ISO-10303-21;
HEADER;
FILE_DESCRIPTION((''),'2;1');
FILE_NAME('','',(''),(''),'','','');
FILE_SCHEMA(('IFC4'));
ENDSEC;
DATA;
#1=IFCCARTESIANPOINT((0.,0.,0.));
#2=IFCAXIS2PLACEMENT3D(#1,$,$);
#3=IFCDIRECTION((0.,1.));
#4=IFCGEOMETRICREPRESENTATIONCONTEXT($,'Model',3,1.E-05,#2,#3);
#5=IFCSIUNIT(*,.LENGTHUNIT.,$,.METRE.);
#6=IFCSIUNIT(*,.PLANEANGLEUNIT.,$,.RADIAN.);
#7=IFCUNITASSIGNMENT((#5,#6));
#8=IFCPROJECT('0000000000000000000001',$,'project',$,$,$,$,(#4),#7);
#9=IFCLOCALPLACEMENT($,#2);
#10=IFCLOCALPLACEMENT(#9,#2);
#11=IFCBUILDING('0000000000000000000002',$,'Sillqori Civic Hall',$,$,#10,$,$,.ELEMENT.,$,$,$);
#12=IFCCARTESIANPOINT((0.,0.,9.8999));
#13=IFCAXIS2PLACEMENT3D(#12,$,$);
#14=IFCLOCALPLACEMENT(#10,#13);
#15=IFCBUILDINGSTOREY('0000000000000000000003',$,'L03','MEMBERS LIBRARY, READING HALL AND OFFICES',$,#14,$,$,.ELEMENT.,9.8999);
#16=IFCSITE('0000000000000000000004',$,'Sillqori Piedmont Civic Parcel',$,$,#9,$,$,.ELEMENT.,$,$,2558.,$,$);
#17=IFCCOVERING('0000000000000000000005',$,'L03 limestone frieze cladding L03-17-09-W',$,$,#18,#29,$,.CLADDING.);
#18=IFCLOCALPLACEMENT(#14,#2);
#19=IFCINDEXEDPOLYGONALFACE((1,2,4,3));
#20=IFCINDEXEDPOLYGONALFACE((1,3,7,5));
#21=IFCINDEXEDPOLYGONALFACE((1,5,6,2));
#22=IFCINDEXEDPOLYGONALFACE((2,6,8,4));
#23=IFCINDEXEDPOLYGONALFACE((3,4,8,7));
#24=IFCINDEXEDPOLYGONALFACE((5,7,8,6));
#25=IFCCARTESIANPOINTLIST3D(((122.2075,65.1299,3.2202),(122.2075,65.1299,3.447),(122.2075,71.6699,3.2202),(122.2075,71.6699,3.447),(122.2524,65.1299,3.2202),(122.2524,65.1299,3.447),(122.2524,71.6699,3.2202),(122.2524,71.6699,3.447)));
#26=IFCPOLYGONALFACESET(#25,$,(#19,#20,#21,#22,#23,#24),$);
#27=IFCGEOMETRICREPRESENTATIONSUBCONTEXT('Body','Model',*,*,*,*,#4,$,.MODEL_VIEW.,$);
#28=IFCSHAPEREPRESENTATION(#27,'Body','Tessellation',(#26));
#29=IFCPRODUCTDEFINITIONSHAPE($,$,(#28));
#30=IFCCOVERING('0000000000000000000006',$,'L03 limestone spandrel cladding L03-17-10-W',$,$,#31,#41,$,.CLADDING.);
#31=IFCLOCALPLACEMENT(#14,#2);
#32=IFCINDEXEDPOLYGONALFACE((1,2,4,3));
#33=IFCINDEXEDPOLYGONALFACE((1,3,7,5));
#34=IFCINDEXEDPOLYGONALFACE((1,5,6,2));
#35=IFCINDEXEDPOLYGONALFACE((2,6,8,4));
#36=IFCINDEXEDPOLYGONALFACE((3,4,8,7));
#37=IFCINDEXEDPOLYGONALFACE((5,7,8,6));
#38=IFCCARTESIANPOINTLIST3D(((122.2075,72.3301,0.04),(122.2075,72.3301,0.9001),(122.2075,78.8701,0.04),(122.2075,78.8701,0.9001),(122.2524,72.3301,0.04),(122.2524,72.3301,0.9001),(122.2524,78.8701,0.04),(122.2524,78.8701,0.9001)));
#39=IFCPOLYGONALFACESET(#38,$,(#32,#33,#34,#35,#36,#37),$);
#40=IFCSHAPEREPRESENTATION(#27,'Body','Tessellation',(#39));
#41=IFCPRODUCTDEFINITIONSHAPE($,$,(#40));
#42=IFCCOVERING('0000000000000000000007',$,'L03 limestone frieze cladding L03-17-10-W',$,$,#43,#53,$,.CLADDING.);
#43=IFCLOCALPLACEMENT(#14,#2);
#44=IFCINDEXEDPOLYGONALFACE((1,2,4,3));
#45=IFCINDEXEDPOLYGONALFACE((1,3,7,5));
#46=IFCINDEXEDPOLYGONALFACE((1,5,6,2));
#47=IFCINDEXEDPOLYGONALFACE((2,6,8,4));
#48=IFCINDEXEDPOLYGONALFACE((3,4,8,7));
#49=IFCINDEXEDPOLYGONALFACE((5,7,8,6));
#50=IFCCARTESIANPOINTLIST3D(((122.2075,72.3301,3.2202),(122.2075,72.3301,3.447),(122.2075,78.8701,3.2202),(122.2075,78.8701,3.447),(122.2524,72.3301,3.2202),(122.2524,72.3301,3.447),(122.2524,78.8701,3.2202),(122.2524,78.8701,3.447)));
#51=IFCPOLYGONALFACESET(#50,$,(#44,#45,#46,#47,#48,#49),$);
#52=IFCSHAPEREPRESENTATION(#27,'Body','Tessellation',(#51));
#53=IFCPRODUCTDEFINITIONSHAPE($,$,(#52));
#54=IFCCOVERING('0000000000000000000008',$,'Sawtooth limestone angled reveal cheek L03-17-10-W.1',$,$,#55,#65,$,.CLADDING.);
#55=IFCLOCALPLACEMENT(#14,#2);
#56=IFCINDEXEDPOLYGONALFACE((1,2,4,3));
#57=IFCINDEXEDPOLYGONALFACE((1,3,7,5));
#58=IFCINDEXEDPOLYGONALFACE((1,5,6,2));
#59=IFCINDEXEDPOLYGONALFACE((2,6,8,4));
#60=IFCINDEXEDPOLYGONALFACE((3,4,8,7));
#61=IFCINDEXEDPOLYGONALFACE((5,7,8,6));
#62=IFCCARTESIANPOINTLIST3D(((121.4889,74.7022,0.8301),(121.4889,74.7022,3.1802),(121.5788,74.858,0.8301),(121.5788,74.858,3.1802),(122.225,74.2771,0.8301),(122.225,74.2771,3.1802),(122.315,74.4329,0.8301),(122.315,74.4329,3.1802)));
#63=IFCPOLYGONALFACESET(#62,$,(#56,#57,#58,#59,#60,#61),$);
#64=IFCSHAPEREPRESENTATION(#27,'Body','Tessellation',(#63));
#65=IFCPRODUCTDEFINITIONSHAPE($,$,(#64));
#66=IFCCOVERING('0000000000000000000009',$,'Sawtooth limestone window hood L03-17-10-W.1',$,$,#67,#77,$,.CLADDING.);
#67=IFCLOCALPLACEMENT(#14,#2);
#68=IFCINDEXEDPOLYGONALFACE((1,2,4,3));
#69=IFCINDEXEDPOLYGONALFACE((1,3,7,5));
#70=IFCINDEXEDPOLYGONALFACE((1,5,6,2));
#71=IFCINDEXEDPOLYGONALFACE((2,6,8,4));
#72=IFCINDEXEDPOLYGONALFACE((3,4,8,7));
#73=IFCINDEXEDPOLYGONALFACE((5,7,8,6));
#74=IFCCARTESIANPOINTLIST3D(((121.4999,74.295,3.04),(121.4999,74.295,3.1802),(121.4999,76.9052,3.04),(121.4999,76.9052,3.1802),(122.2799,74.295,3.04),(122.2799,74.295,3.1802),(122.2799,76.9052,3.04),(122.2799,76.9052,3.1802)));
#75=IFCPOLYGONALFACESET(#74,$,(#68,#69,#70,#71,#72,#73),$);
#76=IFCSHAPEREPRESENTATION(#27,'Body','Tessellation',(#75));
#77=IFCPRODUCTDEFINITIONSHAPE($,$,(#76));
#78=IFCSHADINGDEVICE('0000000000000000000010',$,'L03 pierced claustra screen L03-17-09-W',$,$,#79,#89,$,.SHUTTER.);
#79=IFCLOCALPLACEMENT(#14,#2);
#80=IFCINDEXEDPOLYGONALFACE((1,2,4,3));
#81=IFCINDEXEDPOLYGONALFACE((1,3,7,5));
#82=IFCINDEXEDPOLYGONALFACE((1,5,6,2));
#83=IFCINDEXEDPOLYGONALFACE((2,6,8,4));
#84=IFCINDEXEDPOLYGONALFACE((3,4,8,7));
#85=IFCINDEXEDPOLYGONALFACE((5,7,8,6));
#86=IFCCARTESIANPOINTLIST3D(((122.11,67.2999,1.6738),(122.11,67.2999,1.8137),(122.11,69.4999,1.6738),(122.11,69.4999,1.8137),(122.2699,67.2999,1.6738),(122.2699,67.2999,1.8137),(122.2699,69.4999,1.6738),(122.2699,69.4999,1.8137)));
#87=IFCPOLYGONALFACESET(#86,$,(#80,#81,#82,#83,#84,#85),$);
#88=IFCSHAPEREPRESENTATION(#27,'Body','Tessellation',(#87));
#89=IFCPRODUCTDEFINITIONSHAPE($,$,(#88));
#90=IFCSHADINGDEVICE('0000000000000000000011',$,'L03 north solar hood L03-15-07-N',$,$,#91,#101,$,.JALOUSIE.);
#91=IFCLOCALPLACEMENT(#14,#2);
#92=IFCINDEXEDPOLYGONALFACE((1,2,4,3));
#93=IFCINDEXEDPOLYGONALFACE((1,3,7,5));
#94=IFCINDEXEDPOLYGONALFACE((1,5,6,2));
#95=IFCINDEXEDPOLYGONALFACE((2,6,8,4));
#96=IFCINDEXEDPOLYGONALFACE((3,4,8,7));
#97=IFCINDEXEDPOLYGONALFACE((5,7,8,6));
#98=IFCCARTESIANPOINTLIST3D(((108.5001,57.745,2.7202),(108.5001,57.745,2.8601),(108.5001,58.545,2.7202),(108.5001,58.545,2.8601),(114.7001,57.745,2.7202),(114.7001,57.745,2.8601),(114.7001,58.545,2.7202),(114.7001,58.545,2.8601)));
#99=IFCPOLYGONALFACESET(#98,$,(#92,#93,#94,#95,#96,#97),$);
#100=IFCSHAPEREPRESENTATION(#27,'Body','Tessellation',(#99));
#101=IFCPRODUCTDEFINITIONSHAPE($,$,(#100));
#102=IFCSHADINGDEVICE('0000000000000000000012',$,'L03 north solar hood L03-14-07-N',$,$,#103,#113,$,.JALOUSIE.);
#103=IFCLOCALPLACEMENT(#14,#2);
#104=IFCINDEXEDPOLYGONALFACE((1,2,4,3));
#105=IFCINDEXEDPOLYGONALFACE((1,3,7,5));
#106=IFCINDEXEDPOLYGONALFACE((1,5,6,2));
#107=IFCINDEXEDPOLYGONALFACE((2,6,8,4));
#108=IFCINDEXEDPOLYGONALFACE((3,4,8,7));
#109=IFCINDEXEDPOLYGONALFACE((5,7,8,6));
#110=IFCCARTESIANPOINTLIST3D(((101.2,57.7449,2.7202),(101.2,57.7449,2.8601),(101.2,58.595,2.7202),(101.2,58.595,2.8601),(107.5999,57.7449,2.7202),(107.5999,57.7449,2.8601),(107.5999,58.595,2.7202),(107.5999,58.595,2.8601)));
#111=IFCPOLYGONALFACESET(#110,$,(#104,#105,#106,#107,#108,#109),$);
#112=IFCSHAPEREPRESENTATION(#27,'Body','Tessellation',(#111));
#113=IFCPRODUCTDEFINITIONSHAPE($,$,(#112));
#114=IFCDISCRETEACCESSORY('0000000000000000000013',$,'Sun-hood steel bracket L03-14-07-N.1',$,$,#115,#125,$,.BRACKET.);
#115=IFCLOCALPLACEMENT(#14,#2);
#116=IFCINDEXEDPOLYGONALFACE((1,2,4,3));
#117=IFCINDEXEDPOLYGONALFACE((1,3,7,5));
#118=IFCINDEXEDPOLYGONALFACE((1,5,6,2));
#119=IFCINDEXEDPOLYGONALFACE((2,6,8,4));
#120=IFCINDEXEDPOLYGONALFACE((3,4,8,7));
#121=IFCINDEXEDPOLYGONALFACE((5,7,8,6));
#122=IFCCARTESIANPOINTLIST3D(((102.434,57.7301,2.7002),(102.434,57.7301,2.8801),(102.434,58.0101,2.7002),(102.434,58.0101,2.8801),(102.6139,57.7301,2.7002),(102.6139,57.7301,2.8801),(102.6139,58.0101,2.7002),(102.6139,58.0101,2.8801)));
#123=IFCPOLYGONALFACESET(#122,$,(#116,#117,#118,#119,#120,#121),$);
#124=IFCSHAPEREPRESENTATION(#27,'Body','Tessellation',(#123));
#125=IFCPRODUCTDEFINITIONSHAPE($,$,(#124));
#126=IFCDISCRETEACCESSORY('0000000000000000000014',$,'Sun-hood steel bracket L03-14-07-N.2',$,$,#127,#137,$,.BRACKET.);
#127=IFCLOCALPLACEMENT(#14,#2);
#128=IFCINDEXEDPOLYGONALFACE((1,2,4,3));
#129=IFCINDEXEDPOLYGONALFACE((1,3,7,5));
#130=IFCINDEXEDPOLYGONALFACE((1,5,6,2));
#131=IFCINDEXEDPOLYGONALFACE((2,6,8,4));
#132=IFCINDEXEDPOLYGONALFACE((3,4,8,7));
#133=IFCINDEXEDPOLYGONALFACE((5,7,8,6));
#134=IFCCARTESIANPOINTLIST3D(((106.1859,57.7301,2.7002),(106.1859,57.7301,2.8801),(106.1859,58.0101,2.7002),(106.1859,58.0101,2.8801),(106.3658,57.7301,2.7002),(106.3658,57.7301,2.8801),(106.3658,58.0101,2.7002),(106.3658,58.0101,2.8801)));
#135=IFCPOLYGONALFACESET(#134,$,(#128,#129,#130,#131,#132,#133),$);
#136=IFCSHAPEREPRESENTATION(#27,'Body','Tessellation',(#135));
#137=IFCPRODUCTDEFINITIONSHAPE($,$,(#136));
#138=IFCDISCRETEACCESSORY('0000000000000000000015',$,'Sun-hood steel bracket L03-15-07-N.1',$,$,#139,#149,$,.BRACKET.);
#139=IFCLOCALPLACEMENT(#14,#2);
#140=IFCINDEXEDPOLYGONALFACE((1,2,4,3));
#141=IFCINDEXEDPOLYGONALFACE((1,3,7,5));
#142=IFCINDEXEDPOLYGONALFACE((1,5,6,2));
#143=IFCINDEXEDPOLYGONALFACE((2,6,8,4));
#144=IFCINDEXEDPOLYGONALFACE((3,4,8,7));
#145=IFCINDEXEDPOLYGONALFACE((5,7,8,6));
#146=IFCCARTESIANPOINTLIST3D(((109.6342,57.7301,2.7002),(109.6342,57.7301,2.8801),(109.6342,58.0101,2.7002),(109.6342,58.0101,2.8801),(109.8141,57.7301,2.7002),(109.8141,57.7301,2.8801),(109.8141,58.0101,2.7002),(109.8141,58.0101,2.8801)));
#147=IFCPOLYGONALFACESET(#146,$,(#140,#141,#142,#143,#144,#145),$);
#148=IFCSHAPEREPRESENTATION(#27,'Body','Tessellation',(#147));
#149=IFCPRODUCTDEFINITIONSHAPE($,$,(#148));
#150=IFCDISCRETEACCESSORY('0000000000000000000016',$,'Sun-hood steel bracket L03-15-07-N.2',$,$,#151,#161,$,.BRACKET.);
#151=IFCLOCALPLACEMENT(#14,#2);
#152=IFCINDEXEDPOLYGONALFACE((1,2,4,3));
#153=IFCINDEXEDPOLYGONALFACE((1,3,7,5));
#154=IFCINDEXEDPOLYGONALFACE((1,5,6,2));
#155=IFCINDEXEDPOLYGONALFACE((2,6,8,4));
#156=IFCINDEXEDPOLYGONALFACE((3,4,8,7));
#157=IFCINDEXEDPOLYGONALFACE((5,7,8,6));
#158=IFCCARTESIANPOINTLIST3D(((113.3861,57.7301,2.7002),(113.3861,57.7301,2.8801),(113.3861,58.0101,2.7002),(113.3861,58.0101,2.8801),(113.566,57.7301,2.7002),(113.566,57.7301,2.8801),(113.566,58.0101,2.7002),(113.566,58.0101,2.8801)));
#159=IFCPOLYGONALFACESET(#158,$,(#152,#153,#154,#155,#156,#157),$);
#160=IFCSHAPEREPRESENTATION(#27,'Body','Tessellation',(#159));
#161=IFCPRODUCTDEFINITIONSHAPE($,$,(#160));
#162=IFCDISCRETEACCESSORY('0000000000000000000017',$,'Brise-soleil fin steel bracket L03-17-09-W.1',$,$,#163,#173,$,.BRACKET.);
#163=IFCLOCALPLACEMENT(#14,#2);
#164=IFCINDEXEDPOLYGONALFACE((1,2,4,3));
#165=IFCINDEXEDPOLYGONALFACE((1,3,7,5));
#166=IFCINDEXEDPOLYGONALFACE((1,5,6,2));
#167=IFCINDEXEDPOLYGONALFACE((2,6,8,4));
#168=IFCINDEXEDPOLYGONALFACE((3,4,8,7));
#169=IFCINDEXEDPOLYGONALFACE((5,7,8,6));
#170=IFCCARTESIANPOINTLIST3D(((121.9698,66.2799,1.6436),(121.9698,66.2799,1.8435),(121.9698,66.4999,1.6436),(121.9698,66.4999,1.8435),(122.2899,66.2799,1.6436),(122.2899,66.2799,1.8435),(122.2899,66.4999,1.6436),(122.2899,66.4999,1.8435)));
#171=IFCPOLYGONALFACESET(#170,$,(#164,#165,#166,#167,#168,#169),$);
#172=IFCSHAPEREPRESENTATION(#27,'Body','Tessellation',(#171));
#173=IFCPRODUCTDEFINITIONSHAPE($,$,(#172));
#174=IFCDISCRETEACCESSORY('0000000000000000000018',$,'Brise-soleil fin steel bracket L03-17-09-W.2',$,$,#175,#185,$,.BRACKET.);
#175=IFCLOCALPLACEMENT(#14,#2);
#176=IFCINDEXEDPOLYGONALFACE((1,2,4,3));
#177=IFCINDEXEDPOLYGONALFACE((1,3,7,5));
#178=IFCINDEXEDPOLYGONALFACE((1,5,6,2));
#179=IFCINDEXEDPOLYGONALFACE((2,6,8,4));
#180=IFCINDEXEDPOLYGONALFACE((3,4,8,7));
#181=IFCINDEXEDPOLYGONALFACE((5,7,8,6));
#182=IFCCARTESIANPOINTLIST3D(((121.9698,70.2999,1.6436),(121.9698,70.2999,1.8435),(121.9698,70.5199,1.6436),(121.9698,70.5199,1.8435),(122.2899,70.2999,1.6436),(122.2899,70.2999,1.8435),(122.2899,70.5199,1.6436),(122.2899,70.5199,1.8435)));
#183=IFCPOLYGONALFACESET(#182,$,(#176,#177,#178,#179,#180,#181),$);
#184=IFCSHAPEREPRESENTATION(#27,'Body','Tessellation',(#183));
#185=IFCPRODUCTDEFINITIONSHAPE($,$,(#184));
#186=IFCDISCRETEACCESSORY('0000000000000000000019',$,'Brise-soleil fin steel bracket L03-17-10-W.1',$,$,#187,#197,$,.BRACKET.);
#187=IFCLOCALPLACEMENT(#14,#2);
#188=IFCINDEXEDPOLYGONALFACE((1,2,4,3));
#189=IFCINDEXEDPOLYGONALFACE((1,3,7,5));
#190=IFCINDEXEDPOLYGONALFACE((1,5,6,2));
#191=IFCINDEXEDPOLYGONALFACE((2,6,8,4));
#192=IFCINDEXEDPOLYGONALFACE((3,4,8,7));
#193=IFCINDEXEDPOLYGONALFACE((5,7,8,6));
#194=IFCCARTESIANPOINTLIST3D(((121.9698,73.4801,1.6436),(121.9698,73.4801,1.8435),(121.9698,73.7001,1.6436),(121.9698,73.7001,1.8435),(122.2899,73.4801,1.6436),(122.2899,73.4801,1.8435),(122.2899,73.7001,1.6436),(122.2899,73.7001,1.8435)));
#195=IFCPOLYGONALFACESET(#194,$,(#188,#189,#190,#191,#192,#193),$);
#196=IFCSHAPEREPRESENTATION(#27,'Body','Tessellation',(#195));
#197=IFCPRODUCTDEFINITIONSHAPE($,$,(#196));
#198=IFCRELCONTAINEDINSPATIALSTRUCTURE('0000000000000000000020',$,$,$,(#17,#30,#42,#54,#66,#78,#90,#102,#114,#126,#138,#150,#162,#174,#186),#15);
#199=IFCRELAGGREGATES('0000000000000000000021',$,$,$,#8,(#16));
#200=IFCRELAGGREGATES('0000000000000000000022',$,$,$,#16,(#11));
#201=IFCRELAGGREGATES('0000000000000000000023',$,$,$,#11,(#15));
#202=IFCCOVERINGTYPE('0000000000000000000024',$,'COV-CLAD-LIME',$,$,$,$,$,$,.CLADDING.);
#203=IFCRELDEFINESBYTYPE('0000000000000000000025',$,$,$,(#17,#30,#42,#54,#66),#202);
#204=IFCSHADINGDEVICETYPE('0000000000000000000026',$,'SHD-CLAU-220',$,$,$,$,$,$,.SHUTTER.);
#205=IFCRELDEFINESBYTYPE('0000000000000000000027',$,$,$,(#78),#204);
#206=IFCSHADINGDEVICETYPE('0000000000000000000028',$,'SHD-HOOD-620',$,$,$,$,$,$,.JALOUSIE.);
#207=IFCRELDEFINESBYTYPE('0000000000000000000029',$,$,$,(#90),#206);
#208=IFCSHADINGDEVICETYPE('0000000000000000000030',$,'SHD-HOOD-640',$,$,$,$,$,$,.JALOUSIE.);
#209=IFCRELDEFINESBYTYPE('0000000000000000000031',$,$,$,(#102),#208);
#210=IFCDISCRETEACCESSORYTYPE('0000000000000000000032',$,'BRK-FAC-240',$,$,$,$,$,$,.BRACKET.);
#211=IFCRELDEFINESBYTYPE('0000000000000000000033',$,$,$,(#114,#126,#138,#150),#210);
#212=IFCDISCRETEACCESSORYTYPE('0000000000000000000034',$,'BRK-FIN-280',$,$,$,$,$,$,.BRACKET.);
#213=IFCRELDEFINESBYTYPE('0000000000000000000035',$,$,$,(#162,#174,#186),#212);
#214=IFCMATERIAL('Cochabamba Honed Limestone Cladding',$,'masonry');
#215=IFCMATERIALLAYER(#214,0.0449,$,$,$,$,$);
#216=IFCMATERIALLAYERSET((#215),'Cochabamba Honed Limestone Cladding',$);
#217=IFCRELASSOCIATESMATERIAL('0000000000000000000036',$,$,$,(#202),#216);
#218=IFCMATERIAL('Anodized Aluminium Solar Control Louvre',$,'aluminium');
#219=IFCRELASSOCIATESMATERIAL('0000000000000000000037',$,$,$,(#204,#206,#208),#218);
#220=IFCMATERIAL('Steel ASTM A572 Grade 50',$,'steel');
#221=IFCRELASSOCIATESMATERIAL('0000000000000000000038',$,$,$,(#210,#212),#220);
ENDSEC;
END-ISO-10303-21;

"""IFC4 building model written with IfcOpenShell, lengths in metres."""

from ifc_helpers import new_model, si_unit, direction, frame, frame_2d, origin, origin_2d, place, context, subcontext, project, spatial, rectangle, extrude, material, layer, layer_set, type_object, element, save


model = new_model("IFC4")

# Units and contexts
model_context = context("Model", 3, precision=1e-05, world=origin(), true_north=direction((0.0, 1.0)))
body_context = subcontext(model_context, "Body", "Model", "MODEL_VIEW")
ifc_project = project(units=[si_unit("LENGTHUNIT", "METRE"), si_unit("PLANEANGLEUNIT", "RADIAN")], contexts=[model_context])

# Site, building, storey
site_placement = place(None, origin())
site = spatial("IfcSite", under=ifc_project, at=site_placement, Name="Sillqori Piedmont Civic Parcel", CompositionType="ELEMENT", RefElevation=2558.0)
building_placement = place(site_placement, origin())
building = spatial("IfcBuilding", under=site, at=building_placement, Name="Sillqori Civic Hall", CompositionType="ELEMENT")
storey_placement = place(building_placement, frame((0.0, 0.0, 9.8999)))
storey = spatial("IfcBuildingStorey", under=building, at=storey_placement, Name="L03", Description="MEMBERS LIBRARY, READING HALL AND OFFICES", CompositionType="ELEMENT", Elevation=9.8999)

# Coverings
ifc_material_1 = material(Name="Cochabamba Honed Limestone Cladding", Category="masonry")
ifc_layer_1 = layer(ifc_material_1, 0.0449)
ifc_layer_set_1 = layer_set([ifc_layer_1], Name="Cochabamba Honed Limestone Cladding")
covering_type = type_object("IfcCoveringType", Name="COV-CLAD-LIME", PredefinedType="CLADDING", material=ifc_layer_set_1)
covering_1_placement = place(storey_placement, frame((122.23, 65.1299, 3.2202), z_axis=(0.0, 0.0, 1.0), x_axis=(0.0, 1.0, 0.0)))
element("IfcCovering", 1, at=covering_1_placement, inside=storey, type_object=covering_type, Name="L03 limestone frieze cladding L03-17-09-W", PredefinedType="CLADDING", context=body_context, shape_type="SweptSolid", body=[
    extrude(rectangle(XDim=6.54, YDim=0.0449, at=frame_2d((3.27, 0.0))), origin(), (0.0, 0.0, 1.0), 0.2268),
])
covering_2_placement = place(storey_placement, frame((122.23, 72.3301, 0.04), z_axis=(0.0, 0.0, 1.0), x_axis=(0.0, 1.0, 0.0)))
element("IfcCovering", 2, at=covering_2_placement, inside=storey, type_object=covering_type, Name="L03 limestone spandrel cladding L03-17-10-W", PredefinedType="CLADDING", context=body_context, shape_type="SweptSolid", body=[
    extrude(rectangle(XDim=6.54, YDim=0.0449, at=frame_2d((3.27, 0.0))), origin(), (0.0, 0.0, 1.0), 0.8601),
])
covering_3_placement = place(storey_placement, frame((122.23, 72.3301, 3.2202), z_axis=(0.0, 0.0, 1.0), x_axis=(0.0, 1.0, 0.0)))
element("IfcCovering", 3, at=covering_3_placement, inside=storey, type_object=covering_type, Name="L03 limestone frieze cladding L03-17-10-W", PredefinedType="CLADDING", context=body_context, shape_type="SweptSolid", body=[
    extrude(rectangle(XDim=6.54, YDim=0.0449, at=frame_2d((3.27, 0.0))), origin(), (0.0, 0.0, 1.0), 0.2268),
])
covering_4_placement = place(storey_placement, frame((122.27, 74.355, 0.8301), z_axis=(0.0, 0.0, 1.0), x_axis=(-0.865989, 0.500062, 0.0)))
element("IfcCovering", 4, at=covering_4_placement, inside=storey, type_object=covering_type, Name="Sawtooth limestone angled reveal cheek L03-17-10-W.1", PredefinedType="CLADDING", context=body_context, shape_type="SweptSolid", body=[
    extrude(rectangle(XDim=0.8501, YDim=0.1799, at=frame_2d((0.425, 0.0))), origin(), (0.0, 0.0, 1.0), 2.3501),
])
covering_5_placement = place(storey_placement, frame((121.8899, 74.2949, 3.04), z_axis=(0.0, 0.0, 1.0), x_axis=(0.0, 1.0, 0.0)))
element("IfcCovering", 5, at=covering_5_placement, inside=storey, type_object=covering_type, Name="Sawtooth limestone window hood L03-17-10-W.1", PredefinedType="CLADDING", context=body_context, shape_type="SweptSolid", body=[
    extrude(rectangle(XDim=2.6101, YDim=0.78, at=frame_2d((1.3052, 0.0))), origin(), (0.0, 0.0, 1.0), 0.1401),
])

# Shading devices
ifc_material_2 = material(Name="Anodized Aluminium Solar Control Louvre", Category="aluminium")
shading_device_type_1 = type_object("IfcShadingDeviceType", Name="SHD-CLAU-220", PredefinedType="SHUTTER", material=ifc_material_2)
shading_device_1_placement = place(storey_placement, frame((122.1899, 68.3999, 1.6738), z_axis=(0.0, 0.0, 1.0), x_axis=(0.0, 1.0, 0.0)))
element("IfcShadingDevice", 6, at=shading_device_1_placement, inside=storey, type_object=shading_device_type_1, Name="L03 pierced claustra screen L03-17-09-W", PredefinedType="SHUTTER", context=body_context, shape_type="SweptSolid", body=[
    extrude(rectangle(XDim=2.2, YDim=0.1599, at=origin_2d()), origin(), (0.0, 0.0, 1.0), 0.1399),
])
shading_device_type_2 = type_object("IfcShadingDeviceType", Name="SHD-HOOD-620", PredefinedType="JALOUSIE", material=ifc_material_2)
shading_device_2_placement = place(storey_placement, frame((111.6001, 58.145, 2.7202), z_axis=(0.0, 0.0, 1.0), x_axis=(1.0, 0.0, 0.0)))
element("IfcShadingDevice", 7, at=shading_device_2_placement, inside=storey, type_object=shading_device_type_2, Name="L03 north solar hood L03-15-07-N", PredefinedType="JALOUSIE", context=body_context, shape_type="SweptSolid", body=[
    extrude(rectangle(XDim=6.2, YDim=0.8, at=origin_2d()), origin(), (0.0, 0.0, 1.0), 0.1399),
])
shading_device_type_3 = type_object("IfcShadingDeviceType", Name="SHD-HOOD-640", PredefinedType="JALOUSIE", material=ifc_material_2)
shading_device_3_placement = place(storey_placement, frame((104.3999, 58.1699, 2.7202), z_axis=(0.0, 0.0, 1.0), x_axis=(1.0, 0.0, 0.0)))
element("IfcShadingDevice", 8, at=shading_device_3_placement, inside=storey, type_object=shading_device_type_3, Name="L03 north solar hood L03-14-07-N", PredefinedType="JALOUSIE", context=body_context, shape_type="SweptSolid", body=[
    extrude(rectangle(XDim=6.3999, YDim=0.8501, at=origin_2d()), origin(), (0.0, 0.0, 1.0), 0.1399),
])

# Discrete accessories
ifc_material_3 = material(Name="Steel ASTM A572 Grade 50", Category="steel")
discrete_accessory_type_1 = type_object("IfcDiscreteAccessoryType", Name="BRK-FAC-240", PredefinedType="BRACKET", material=ifc_material_3)
for number, where, z_axis, x_axis, name in (
    (9, (102.5239, 57.8701, 2.7002), (0.0, 0.0, 1.0), (1.0, 0.0, 0.0), "Sun-hood steel bracket L03-14-07-N.1"),
    (10, (106.2759, 57.8701, 2.7002), (0.0, 0.0, 1.0), (1.0, 0.0, 0.0), "Sun-hood steel bracket L03-14-07-N.2"),
    (11, (109.7241, 57.8701, 2.7002), (0.0, 0.0, 1.0), (1.0, 0.0, 0.0), "Sun-hood steel bracket L03-15-07-N.1"),
    (12, (113.4761, 57.8701, 2.7002), (0.0, 0.0, 1.0), (1.0, 0.0, 0.0), "Sun-hood steel bracket L03-15-07-N.2"),
):
    element("IfcDiscreteAccessory", number, at=place(storey_placement, frame(where, z_axis=z_axis, x_axis=x_axis)), inside=storey, type_object=discrete_accessory_type_1, Name=name, PredefinedType="BRACKET", context=body_context, shape_type="SweptSolid", body=[
        extrude(rectangle(XDim=0.1799, YDim=0.28, at=origin_2d()), origin(), (0.0, 0.0, 1.0), 0.1799),
    ])
discrete_accessory_type_2 = type_object("IfcDiscreteAccessoryType", Name="BRK-FIN-280", PredefinedType="BRACKET", material=ifc_material_3)
for number, where, z_axis, x_axis, name in (
    (13, (122.1299, 66.3899, 1.6436), (0.0, 0.0, 1.0), (0.0, 1.0, 0.0), "Brise-soleil fin steel bracket L03-17-09-W.1"),
    (14, (122.1299, 70.4099, 1.6436), (0.0, 0.0, 1.0), (0.0, 1.0, 0.0), "Brise-soleil fin steel bracket L03-17-09-W.2"),
    (15, (122.1299, 73.5901, 1.6436), (0.0, 0.0, 1.0), (0.0, 1.0, 0.0), "Brise-soleil fin steel bracket L03-17-10-W.1"),
):
    element("IfcDiscreteAccessory", number, at=place(storey_placement, frame(where, z_axis=z_axis, x_axis=x_axis)), inside=storey, type_object=discrete_accessory_type_2, Name=name, PredefinedType="BRACKET", context=body_context, shape_type="SweptSolid", body=[
        extrude(rectangle(XDim=0.22, YDim=0.3201, at=origin_2d()), origin(), (0.0, 0.0, 1.0), 0.2),
    ])

save(model, "model.ifc")
